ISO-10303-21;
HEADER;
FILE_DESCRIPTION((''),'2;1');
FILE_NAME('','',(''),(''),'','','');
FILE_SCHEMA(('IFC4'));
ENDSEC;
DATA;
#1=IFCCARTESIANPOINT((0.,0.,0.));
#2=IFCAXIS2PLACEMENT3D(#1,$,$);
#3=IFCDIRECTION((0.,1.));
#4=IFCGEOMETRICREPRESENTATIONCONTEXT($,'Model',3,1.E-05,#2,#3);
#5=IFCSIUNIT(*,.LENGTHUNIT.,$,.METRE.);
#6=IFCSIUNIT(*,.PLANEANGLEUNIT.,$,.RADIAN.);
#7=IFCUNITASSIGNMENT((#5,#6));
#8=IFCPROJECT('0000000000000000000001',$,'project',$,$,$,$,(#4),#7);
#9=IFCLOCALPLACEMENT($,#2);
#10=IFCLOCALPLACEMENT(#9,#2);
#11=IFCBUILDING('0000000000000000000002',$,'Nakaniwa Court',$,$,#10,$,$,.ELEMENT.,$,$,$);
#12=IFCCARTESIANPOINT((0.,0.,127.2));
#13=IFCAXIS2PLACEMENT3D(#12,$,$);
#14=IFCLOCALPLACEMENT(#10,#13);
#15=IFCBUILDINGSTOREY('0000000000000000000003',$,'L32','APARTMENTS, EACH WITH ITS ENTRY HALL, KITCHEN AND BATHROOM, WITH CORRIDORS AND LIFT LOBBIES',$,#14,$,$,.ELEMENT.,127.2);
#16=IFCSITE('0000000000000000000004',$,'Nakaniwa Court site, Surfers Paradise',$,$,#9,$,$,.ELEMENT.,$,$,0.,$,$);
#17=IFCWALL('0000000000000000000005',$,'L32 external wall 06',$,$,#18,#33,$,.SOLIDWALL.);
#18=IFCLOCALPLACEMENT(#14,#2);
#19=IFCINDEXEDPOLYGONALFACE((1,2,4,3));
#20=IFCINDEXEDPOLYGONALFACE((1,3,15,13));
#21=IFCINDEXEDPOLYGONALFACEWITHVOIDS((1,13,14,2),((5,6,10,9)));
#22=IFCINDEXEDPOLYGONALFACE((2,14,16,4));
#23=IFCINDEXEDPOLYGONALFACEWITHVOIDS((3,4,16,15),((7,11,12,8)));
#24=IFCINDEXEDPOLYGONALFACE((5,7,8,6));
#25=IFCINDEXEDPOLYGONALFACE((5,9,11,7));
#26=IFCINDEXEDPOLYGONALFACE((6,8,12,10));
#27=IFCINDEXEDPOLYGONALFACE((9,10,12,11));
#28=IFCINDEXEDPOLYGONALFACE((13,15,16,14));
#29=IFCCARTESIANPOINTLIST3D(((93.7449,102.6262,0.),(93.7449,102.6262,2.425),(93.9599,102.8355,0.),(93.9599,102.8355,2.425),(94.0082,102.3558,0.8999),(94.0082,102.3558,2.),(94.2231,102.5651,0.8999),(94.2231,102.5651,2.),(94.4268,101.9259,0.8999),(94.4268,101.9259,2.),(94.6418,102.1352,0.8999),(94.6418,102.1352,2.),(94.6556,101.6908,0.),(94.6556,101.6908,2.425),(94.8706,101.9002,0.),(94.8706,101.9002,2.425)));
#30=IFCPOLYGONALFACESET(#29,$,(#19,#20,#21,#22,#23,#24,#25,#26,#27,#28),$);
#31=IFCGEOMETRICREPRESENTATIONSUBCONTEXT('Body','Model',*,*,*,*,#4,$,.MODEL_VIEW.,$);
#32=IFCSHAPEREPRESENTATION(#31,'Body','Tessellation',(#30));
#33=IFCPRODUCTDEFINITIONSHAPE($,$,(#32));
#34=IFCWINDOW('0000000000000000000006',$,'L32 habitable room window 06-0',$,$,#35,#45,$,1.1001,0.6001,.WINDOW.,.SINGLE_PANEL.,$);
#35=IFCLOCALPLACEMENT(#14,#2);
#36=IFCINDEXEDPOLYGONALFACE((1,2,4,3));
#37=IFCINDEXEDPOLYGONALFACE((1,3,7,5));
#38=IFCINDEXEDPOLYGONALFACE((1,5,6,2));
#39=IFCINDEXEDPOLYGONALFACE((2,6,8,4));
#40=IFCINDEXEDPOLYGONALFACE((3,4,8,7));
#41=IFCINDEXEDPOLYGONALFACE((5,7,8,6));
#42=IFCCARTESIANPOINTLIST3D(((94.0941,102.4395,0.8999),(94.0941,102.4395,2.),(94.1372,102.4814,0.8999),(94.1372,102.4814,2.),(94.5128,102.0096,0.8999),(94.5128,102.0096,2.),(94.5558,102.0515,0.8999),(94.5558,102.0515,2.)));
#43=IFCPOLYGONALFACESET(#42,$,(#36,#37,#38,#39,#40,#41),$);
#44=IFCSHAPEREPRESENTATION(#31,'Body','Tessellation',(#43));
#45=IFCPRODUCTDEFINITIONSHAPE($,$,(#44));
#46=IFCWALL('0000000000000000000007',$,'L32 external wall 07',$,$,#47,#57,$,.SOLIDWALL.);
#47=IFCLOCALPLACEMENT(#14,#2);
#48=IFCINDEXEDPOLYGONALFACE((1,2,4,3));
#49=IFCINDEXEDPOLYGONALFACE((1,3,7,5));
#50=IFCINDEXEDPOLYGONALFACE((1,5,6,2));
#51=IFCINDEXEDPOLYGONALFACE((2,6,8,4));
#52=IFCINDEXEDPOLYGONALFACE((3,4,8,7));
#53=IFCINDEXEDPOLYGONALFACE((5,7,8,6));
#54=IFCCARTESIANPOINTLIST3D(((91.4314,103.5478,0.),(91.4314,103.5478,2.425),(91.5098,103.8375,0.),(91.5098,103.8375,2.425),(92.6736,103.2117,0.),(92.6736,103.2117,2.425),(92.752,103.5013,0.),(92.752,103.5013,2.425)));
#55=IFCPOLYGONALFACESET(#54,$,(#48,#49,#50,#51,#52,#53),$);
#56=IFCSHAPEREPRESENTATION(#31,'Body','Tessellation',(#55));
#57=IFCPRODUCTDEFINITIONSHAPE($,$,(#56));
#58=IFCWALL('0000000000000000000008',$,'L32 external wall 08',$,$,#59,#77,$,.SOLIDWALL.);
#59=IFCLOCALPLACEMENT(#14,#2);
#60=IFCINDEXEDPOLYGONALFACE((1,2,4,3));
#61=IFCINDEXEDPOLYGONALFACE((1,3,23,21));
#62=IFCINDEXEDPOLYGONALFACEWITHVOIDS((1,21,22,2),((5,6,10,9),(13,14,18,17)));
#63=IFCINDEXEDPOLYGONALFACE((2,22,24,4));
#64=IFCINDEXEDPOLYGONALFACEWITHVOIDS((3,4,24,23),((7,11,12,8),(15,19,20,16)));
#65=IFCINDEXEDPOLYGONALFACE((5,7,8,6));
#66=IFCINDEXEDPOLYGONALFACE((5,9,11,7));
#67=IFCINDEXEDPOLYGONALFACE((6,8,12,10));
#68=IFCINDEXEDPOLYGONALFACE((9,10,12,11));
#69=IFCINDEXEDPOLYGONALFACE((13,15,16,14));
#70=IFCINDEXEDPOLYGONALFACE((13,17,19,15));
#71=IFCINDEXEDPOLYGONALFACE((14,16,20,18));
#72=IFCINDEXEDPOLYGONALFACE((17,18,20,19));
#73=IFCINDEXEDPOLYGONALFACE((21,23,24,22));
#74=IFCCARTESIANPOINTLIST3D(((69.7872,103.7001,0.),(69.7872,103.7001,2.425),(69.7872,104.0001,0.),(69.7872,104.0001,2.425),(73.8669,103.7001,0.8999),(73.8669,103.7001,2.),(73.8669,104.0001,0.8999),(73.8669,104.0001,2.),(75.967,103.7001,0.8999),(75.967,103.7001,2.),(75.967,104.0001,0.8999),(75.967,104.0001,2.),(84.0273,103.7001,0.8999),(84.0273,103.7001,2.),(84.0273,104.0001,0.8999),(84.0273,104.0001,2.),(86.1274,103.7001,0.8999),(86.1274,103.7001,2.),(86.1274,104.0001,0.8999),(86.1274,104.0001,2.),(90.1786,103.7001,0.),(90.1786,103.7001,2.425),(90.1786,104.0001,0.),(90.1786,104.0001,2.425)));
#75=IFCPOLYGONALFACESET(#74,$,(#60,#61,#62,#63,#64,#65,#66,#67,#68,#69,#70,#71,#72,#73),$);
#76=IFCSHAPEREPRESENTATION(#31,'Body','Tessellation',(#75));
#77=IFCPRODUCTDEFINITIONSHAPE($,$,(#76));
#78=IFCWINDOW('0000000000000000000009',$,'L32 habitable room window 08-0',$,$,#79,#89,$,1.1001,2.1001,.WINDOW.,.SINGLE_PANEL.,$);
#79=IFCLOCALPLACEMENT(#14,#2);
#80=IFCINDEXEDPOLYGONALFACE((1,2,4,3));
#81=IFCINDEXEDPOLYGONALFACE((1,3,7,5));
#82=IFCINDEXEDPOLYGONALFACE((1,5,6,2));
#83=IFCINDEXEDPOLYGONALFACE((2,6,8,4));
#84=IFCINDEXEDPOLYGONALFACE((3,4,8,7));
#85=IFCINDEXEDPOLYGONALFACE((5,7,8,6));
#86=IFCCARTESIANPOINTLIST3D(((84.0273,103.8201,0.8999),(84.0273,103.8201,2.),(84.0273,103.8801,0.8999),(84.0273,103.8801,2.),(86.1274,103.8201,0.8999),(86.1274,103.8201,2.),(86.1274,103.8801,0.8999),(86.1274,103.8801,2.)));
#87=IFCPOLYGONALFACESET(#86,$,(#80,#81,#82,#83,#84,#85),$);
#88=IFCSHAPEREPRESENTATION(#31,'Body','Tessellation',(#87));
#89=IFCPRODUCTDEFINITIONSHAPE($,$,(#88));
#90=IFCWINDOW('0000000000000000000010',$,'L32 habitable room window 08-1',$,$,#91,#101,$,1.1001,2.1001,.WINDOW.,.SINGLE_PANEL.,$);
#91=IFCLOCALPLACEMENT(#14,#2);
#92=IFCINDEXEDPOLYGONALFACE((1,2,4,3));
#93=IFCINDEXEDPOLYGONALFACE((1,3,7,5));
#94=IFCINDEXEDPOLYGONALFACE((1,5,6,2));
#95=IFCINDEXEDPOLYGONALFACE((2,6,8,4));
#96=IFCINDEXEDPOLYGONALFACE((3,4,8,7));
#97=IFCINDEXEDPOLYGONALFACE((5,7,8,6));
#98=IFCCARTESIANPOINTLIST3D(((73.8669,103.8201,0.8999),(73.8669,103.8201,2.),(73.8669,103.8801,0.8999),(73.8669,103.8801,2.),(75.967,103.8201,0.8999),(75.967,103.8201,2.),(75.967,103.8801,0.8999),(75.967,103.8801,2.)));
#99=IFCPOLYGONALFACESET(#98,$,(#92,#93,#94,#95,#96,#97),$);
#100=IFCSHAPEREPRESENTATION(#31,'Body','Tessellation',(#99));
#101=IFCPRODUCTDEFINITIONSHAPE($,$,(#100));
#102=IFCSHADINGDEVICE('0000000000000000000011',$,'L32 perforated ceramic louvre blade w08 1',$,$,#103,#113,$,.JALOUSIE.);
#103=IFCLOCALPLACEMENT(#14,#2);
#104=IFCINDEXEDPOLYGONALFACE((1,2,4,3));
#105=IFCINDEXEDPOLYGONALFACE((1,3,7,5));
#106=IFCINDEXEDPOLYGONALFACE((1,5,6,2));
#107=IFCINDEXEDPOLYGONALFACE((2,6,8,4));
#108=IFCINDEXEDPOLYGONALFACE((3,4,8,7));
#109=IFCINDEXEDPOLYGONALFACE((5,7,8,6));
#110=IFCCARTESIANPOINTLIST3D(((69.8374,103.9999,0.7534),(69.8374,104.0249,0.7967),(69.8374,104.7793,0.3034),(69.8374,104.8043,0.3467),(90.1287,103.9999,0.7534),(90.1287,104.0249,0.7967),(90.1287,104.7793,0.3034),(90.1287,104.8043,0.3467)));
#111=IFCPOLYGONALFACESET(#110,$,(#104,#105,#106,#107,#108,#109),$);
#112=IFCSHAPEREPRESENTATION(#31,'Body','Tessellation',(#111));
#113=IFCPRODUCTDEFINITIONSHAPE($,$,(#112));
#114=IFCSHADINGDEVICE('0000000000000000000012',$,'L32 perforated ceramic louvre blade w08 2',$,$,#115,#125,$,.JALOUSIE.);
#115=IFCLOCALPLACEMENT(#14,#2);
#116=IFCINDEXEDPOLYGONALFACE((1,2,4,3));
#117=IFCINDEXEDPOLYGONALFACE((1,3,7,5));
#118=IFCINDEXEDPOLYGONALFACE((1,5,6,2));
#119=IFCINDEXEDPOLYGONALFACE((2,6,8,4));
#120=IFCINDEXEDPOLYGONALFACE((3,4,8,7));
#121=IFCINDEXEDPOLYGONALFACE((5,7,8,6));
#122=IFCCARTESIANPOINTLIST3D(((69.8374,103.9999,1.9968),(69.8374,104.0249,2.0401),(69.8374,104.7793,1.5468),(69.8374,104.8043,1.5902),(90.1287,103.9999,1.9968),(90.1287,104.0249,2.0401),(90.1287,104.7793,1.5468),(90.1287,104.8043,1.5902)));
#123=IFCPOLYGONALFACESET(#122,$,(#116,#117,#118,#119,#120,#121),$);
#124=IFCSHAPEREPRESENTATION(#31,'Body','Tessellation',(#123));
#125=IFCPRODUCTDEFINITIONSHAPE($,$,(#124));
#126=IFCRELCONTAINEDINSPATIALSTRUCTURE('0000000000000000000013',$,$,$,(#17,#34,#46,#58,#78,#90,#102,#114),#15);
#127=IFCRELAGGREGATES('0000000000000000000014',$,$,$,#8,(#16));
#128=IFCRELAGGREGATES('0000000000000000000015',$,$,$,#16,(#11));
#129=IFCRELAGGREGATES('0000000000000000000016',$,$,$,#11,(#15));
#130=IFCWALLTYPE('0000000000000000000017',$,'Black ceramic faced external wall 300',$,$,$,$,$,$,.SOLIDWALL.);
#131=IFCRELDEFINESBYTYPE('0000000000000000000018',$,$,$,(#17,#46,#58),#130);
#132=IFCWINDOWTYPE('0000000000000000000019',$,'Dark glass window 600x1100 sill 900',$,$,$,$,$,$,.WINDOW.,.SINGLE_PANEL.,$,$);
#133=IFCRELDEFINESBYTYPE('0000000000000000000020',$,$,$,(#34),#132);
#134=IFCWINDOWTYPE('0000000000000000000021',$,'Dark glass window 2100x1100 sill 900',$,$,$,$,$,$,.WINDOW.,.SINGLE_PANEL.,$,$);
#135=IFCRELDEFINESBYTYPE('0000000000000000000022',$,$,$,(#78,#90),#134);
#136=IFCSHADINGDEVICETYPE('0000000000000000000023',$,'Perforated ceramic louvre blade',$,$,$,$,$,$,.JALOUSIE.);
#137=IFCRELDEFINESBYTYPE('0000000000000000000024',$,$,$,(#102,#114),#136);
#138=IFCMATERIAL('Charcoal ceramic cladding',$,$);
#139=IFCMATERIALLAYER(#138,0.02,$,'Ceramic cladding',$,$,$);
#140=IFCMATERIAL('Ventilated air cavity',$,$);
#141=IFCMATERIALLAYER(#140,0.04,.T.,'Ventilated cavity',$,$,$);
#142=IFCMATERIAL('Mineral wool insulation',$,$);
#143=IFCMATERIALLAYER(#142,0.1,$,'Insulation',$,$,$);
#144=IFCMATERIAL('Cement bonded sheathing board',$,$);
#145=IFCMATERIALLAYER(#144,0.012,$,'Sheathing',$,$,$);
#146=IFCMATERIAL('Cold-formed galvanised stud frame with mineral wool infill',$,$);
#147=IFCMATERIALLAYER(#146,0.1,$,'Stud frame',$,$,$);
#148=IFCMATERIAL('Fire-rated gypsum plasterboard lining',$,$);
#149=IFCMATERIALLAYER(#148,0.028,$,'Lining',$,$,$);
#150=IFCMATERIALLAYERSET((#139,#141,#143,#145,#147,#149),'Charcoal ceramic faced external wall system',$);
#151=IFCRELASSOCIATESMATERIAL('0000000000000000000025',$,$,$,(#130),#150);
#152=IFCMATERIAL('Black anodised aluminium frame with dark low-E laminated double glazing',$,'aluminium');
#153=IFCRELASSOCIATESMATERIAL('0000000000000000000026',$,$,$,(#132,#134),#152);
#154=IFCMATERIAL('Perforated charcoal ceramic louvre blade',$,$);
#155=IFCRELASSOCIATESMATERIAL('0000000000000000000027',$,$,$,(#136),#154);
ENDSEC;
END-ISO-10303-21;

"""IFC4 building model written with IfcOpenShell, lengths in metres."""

from ifc_helpers import new_model, si_unit, direction, frame, frame_2d, origin, origin_2d, place, context, subcontext, project, spatial, rectangle, extrude, material, layer, layer_set, material_profile, profile_set, type_object, element, fill, save


model = new_model("IFC4")

# Units and contexts
model_context = context("Model", 3, precision=1e-05, world=origin(), true_north=direction((0.0, 1.0)))
body_context = subcontext(model_context, "Body", "Model", "MODEL_VIEW")
ifc_project = project(units=[si_unit("LENGTHUNIT", "METRE"), si_unit("PLANEANGLEUNIT", "RADIAN")], contexts=[model_context])

# Site, building, storey
site_placement = place(None, origin())
site = spatial("IfcSite", under=ifc_project, at=site_placement, Name="Nakaniwa Court site, Surfers Paradise", CompositionType="ELEMENT", RefElevation=0.0)
building_placement = place(site_placement, origin())
building = spatial("IfcBuilding", under=site, at=building_placement, Name="Nakaniwa Court", CompositionType="ELEMENT")
storey_placement = place(building_placement, frame((0.0, 0.0, 127.2)))
storey = spatial("IfcBuildingStorey", under=building, at=storey_placement, Name="L32", Description="APARTMENTS, EACH WITH ITS ENTRY HALL, KITCHEN AND BATHROOM, WITH CORRIDORS AND LIFT LOBBIES", CompositionType="ELEMENT", Elevation=127.2)

# Wall, opening, window
ifc_material_1 = material(Name="Charcoal ceramic cladding")
ifc_layer_1 = layer(ifc_material_1, 0.02, Name="Ceramic cladding")
ifc_material_2 = material(Name="Ventilated air cavity")
ifc_layer_2 = layer(ifc_material_2, 0.04, ventilated=True, Name="Ventilated cavity")
ifc_material_3 = material(Name="Mineral wool insulation")
ifc_layer_3 = layer(ifc_material_3, 0.1, Name="Insulation")
ifc_material_4 = material(Name="Cement bonded sheathing board")
ifc_layer_4 = layer(ifc_material_4, 0.012, Name="Sheathing")
ifc_material_5 = material(Name="Cold-formed galvanised stud frame with mineral wool infill")
ifc_layer_5 = layer(ifc_material_5, 0.1, Name="Stud frame")
ifc_material_6 = material(Name="Fire-rated gypsum plasterboard lining")
ifc_layer_6 = layer(ifc_material_6, 0.028, Name="Lining")
ifc_layer_set_1 = layer_set([ifc_layer_1, ifc_layer_2, ifc_layer_3, ifc_layer_4, ifc_layer_5, ifc_layer_6], Name="Charcoal ceramic faced external wall system")
wall_type_1 = type_object("IfcWallType", Name="Black ceramic faced external wall 300", PredefinedType="SOLIDWALL", material=ifc_layer_set_1)
wall_1_placement = place(storey_placement, frame((94.7632, 101.7954, 0.0), z_axis=(0.0, 0.0, 1.0), x_axis=(-0.697599, 0.716488, 0.0)))
wall_1 = element("IfcWall", 1, at=wall_1_placement, inside=storey, type_object=wall_type_1, Name="L32 external wall 06", PredefinedType="SOLIDWALL", context=body_context, shape_type="SweptSolid", body=[
    extrude(rectangle(XDim=1.3054, YDim=0.3, at=frame_2d((0.6528, 0.0))), origin(), (0.0, 0.0, 1.0), 2.425),
])
opening_1_placement = place(wall_1_placement, frame((0.3281, 0.0, 0.8999)))
opening_1 = element("IfcOpeningElement", 2, at=opening_1_placement, cuts=wall_1, PredefinedType="OPENING", context=body_context, shape_type="SweptSolid", body=[
    extrude(rectangle(XDim=0.6001, YDim=1.1001, at=frame_2d((0.3, 0.55))), frame((0.0, 0.1599, 0.0), z_axis=(0.0, -1.0, 0.0), x_axis=(1.0, 0.0, 0.0)), (0.0, 0.0, 1.0), 0.3201),
])
ifc_material_7 = material(Name="Black anodised aluminium frame with dark low-E laminated double glazing", Category="aluminium")
window_type_1 = type_object("IfcWindowType", Name="Dark glass window 600x1100 sill 900", PartitioningType="SINGLE_PANEL", PredefinedType="WINDOW", material=ifc_material_7)
window_1_placement = place(opening_1_placement, origin())
window_1 = element("IfcWindow", 3, at=window_1_placement, inside=storey, type_object=window_type_1, Name="L32 habitable room window 06-0", OverallHeight=1.1001, OverallWidth=0.6001, PartitioningType="SINGLE_PANEL", PredefinedType="WINDOW", context=body_context, shape_type="SweptSolid", body=[
    extrude(rectangle(XDim=0.6001, YDim=1.1001, at=frame_2d((0.3, 0.55))), frame((0.0, 0.03, 0.0), z_axis=(0.0, -1.0, 0.0), x_axis=(1.0, 0.0, 0.0)), (0.0, 0.0, 1.0), 0.0601),
])
fill(opening_1, window_1)

# Wall
wall_2_placement = place(storey_placement, frame((92.7129, 103.3564, 0.0), z_axis=(0.0, 0.0, 1.0), x_axis=(-0.965274, 0.261239, 0.0)))
element("IfcWall", 4, at=wall_2_placement, inside=storey, type_object=wall_type_1, Name="L32 external wall 07", PredefinedType="SOLIDWALL", context=body_context, shape_type="SweptSolid", body=[
    extrude(rectangle(XDim=1.2869, YDim=0.3, at=frame_2d((0.6436, 0.0))), origin(), (0.0, 0.0, 1.0), 2.425),
])

# Wall, openings, windows
wall_3_placement = place(storey_placement, frame((90.1787, 103.8501, 0.0), z_axis=(0.0, 0.0, 1.0), x_axis=(-1.0, 0.0, 0.0)))
wall_3 = element("IfcWall", 5, at=wall_3_placement, inside=storey, type_object=wall_type_1, Name="L32 external wall 08", PredefinedType="SOLIDWALL", context=body_context, shape_type="SweptSolid", body=[
    extrude(rectangle(XDim=20.3914, YDim=0.3, at=frame_2d((10.1958, 0.0))), origin(), (0.0, 0.0, 1.0), 2.425),
])
opening_2_placement = place(wall_3_placement, frame((4.0513, 0.0, 0.8999)))
opening_2 = element("IfcOpeningElement", 6, at=opening_2_placement, cuts=wall_3, PredefinedType="OPENING", context=body_context, shape_type="SweptSolid", body=[
    extrude(rectangle(XDim=2.1001, YDim=1.1001, at=frame_2d((1.05, 0.55))), frame((0.0, 0.1599, 0.0), z_axis=(0.0, -1.0, 0.0), x_axis=(1.0, 0.0, 0.0)), (0.0, 0.0, 1.0), 0.3201),
])
opening_3_placement = place(wall_3_placement, frame((14.2117, 0.0, 0.8999)))
opening_3 = element("IfcOpeningElement", 7, at=opening_3_placement, cuts=wall_3, PredefinedType="OPENING", context=body_context, shape_type="SweptSolid", body=[
    extrude(rectangle(XDim=2.1001, YDim=1.1001, at=frame_2d((1.05, 0.55))), frame((0.0, 0.1599, 0.0), z_axis=(0.0, -1.0, 0.0), x_axis=(1.0, 0.0, 0.0)), (0.0, 0.0, 1.0), 0.3201),
])
window_type_2 = type_object("IfcWindowType", Name="Dark glass window 2100x1100 sill 900", PartitioningType="SINGLE_PANEL", PredefinedType="WINDOW", material=ifc_material_7)
window_2_placement = place(opening_2_placement, origin())
window_2 = element("IfcWindow", 8, at=window_2_placement, inside=storey, type_object=window_type_2, Name="L32 habitable room window 08-0", OverallHeight=1.1001, OverallWidth=2.1001, PartitioningType="SINGLE_PANEL", PredefinedType="WINDOW", context=body_context, shape_type="SweptSolid", body=[
    extrude(rectangle(XDim=2.1001, YDim=1.1001, at=frame_2d((1.05, 0.55))), frame((0.0, 0.03, 0.0), z_axis=(0.0, -1.0, 0.0), x_axis=(1.0, 0.0, 0.0)), (0.0, 0.0, 1.0), 0.0601),
])
fill(opening_2, window_2)
window_3_placement = place(opening_3_placement, origin())
window_3 = element("IfcWindow", 9, at=window_3_placement, inside=storey, type_object=window_type_2, Name="L32 habitable room window 08-1", OverallHeight=1.1001, OverallWidth=2.1001, PartitioningType="SINGLE_PANEL", PredefinedType="WINDOW", context=body_context, shape_type="SweptSolid", body=[
    extrude(rectangle(XDim=2.1001, YDim=1.1001, at=frame_2d((1.05, 0.55))), frame((0.0, 0.03, 0.0), z_axis=(0.0, -1.0, 0.0), x_axis=(1.0, 0.0, 0.0)), (0.0, 0.0, 1.0), 0.0601),
])
fill(opening_3, window_3)

# Shading devices
ifc_material_8 = material(Name="Perforated charcoal ceramic louvre blade")
ifc_material_profile_1 = material_profile(ifc_material_8, rectangle(XDim=0.8999, YDim=0.05, at=origin_2d()), Name="Perforated ceramic louvre blade")
ifc_profile_set_1 = profile_set([ifc_material_profile_1], Name="Perforated charcoal ceramic louvre blade")
shading_device_type = type_object("IfcShadingDeviceType", Name="Perforated ceramic louvre blade", PredefinedType="JALOUSIE", material=ifc_profile_set_1)
for number, where, z_axis, x_axis, name in (
    (10, (90.1287, 104.4021, 0.55), (-1.0, 0.0, 0.0), (0.0, -0.866025, 0.5), "L32 perforated ceramic louvre blade w08 1"),
    (11, (90.1287, 104.4021, 1.7935), (-1.0, 0.0, 0.0), (0.0, -0.866025, 0.5), "L32 perforated ceramic louvre blade w08 2"),
):
    element("IfcShadingDevice", number, at=place(storey_placement, frame(where, z_axis=z_axis, x_axis=x_axis)), inside=storey, type_object=shading_device_type, Name=name, PredefinedType="JALOUSIE", context=body_context, shape_type="SweptSolid", body=[
        extrude(rectangle(XDim=0.8999, YDim=0.05, at=origin_2d()), origin(), (0.0, 0.0, 1.0), 20.2913),
    ])

save(model, "model.ifc")
